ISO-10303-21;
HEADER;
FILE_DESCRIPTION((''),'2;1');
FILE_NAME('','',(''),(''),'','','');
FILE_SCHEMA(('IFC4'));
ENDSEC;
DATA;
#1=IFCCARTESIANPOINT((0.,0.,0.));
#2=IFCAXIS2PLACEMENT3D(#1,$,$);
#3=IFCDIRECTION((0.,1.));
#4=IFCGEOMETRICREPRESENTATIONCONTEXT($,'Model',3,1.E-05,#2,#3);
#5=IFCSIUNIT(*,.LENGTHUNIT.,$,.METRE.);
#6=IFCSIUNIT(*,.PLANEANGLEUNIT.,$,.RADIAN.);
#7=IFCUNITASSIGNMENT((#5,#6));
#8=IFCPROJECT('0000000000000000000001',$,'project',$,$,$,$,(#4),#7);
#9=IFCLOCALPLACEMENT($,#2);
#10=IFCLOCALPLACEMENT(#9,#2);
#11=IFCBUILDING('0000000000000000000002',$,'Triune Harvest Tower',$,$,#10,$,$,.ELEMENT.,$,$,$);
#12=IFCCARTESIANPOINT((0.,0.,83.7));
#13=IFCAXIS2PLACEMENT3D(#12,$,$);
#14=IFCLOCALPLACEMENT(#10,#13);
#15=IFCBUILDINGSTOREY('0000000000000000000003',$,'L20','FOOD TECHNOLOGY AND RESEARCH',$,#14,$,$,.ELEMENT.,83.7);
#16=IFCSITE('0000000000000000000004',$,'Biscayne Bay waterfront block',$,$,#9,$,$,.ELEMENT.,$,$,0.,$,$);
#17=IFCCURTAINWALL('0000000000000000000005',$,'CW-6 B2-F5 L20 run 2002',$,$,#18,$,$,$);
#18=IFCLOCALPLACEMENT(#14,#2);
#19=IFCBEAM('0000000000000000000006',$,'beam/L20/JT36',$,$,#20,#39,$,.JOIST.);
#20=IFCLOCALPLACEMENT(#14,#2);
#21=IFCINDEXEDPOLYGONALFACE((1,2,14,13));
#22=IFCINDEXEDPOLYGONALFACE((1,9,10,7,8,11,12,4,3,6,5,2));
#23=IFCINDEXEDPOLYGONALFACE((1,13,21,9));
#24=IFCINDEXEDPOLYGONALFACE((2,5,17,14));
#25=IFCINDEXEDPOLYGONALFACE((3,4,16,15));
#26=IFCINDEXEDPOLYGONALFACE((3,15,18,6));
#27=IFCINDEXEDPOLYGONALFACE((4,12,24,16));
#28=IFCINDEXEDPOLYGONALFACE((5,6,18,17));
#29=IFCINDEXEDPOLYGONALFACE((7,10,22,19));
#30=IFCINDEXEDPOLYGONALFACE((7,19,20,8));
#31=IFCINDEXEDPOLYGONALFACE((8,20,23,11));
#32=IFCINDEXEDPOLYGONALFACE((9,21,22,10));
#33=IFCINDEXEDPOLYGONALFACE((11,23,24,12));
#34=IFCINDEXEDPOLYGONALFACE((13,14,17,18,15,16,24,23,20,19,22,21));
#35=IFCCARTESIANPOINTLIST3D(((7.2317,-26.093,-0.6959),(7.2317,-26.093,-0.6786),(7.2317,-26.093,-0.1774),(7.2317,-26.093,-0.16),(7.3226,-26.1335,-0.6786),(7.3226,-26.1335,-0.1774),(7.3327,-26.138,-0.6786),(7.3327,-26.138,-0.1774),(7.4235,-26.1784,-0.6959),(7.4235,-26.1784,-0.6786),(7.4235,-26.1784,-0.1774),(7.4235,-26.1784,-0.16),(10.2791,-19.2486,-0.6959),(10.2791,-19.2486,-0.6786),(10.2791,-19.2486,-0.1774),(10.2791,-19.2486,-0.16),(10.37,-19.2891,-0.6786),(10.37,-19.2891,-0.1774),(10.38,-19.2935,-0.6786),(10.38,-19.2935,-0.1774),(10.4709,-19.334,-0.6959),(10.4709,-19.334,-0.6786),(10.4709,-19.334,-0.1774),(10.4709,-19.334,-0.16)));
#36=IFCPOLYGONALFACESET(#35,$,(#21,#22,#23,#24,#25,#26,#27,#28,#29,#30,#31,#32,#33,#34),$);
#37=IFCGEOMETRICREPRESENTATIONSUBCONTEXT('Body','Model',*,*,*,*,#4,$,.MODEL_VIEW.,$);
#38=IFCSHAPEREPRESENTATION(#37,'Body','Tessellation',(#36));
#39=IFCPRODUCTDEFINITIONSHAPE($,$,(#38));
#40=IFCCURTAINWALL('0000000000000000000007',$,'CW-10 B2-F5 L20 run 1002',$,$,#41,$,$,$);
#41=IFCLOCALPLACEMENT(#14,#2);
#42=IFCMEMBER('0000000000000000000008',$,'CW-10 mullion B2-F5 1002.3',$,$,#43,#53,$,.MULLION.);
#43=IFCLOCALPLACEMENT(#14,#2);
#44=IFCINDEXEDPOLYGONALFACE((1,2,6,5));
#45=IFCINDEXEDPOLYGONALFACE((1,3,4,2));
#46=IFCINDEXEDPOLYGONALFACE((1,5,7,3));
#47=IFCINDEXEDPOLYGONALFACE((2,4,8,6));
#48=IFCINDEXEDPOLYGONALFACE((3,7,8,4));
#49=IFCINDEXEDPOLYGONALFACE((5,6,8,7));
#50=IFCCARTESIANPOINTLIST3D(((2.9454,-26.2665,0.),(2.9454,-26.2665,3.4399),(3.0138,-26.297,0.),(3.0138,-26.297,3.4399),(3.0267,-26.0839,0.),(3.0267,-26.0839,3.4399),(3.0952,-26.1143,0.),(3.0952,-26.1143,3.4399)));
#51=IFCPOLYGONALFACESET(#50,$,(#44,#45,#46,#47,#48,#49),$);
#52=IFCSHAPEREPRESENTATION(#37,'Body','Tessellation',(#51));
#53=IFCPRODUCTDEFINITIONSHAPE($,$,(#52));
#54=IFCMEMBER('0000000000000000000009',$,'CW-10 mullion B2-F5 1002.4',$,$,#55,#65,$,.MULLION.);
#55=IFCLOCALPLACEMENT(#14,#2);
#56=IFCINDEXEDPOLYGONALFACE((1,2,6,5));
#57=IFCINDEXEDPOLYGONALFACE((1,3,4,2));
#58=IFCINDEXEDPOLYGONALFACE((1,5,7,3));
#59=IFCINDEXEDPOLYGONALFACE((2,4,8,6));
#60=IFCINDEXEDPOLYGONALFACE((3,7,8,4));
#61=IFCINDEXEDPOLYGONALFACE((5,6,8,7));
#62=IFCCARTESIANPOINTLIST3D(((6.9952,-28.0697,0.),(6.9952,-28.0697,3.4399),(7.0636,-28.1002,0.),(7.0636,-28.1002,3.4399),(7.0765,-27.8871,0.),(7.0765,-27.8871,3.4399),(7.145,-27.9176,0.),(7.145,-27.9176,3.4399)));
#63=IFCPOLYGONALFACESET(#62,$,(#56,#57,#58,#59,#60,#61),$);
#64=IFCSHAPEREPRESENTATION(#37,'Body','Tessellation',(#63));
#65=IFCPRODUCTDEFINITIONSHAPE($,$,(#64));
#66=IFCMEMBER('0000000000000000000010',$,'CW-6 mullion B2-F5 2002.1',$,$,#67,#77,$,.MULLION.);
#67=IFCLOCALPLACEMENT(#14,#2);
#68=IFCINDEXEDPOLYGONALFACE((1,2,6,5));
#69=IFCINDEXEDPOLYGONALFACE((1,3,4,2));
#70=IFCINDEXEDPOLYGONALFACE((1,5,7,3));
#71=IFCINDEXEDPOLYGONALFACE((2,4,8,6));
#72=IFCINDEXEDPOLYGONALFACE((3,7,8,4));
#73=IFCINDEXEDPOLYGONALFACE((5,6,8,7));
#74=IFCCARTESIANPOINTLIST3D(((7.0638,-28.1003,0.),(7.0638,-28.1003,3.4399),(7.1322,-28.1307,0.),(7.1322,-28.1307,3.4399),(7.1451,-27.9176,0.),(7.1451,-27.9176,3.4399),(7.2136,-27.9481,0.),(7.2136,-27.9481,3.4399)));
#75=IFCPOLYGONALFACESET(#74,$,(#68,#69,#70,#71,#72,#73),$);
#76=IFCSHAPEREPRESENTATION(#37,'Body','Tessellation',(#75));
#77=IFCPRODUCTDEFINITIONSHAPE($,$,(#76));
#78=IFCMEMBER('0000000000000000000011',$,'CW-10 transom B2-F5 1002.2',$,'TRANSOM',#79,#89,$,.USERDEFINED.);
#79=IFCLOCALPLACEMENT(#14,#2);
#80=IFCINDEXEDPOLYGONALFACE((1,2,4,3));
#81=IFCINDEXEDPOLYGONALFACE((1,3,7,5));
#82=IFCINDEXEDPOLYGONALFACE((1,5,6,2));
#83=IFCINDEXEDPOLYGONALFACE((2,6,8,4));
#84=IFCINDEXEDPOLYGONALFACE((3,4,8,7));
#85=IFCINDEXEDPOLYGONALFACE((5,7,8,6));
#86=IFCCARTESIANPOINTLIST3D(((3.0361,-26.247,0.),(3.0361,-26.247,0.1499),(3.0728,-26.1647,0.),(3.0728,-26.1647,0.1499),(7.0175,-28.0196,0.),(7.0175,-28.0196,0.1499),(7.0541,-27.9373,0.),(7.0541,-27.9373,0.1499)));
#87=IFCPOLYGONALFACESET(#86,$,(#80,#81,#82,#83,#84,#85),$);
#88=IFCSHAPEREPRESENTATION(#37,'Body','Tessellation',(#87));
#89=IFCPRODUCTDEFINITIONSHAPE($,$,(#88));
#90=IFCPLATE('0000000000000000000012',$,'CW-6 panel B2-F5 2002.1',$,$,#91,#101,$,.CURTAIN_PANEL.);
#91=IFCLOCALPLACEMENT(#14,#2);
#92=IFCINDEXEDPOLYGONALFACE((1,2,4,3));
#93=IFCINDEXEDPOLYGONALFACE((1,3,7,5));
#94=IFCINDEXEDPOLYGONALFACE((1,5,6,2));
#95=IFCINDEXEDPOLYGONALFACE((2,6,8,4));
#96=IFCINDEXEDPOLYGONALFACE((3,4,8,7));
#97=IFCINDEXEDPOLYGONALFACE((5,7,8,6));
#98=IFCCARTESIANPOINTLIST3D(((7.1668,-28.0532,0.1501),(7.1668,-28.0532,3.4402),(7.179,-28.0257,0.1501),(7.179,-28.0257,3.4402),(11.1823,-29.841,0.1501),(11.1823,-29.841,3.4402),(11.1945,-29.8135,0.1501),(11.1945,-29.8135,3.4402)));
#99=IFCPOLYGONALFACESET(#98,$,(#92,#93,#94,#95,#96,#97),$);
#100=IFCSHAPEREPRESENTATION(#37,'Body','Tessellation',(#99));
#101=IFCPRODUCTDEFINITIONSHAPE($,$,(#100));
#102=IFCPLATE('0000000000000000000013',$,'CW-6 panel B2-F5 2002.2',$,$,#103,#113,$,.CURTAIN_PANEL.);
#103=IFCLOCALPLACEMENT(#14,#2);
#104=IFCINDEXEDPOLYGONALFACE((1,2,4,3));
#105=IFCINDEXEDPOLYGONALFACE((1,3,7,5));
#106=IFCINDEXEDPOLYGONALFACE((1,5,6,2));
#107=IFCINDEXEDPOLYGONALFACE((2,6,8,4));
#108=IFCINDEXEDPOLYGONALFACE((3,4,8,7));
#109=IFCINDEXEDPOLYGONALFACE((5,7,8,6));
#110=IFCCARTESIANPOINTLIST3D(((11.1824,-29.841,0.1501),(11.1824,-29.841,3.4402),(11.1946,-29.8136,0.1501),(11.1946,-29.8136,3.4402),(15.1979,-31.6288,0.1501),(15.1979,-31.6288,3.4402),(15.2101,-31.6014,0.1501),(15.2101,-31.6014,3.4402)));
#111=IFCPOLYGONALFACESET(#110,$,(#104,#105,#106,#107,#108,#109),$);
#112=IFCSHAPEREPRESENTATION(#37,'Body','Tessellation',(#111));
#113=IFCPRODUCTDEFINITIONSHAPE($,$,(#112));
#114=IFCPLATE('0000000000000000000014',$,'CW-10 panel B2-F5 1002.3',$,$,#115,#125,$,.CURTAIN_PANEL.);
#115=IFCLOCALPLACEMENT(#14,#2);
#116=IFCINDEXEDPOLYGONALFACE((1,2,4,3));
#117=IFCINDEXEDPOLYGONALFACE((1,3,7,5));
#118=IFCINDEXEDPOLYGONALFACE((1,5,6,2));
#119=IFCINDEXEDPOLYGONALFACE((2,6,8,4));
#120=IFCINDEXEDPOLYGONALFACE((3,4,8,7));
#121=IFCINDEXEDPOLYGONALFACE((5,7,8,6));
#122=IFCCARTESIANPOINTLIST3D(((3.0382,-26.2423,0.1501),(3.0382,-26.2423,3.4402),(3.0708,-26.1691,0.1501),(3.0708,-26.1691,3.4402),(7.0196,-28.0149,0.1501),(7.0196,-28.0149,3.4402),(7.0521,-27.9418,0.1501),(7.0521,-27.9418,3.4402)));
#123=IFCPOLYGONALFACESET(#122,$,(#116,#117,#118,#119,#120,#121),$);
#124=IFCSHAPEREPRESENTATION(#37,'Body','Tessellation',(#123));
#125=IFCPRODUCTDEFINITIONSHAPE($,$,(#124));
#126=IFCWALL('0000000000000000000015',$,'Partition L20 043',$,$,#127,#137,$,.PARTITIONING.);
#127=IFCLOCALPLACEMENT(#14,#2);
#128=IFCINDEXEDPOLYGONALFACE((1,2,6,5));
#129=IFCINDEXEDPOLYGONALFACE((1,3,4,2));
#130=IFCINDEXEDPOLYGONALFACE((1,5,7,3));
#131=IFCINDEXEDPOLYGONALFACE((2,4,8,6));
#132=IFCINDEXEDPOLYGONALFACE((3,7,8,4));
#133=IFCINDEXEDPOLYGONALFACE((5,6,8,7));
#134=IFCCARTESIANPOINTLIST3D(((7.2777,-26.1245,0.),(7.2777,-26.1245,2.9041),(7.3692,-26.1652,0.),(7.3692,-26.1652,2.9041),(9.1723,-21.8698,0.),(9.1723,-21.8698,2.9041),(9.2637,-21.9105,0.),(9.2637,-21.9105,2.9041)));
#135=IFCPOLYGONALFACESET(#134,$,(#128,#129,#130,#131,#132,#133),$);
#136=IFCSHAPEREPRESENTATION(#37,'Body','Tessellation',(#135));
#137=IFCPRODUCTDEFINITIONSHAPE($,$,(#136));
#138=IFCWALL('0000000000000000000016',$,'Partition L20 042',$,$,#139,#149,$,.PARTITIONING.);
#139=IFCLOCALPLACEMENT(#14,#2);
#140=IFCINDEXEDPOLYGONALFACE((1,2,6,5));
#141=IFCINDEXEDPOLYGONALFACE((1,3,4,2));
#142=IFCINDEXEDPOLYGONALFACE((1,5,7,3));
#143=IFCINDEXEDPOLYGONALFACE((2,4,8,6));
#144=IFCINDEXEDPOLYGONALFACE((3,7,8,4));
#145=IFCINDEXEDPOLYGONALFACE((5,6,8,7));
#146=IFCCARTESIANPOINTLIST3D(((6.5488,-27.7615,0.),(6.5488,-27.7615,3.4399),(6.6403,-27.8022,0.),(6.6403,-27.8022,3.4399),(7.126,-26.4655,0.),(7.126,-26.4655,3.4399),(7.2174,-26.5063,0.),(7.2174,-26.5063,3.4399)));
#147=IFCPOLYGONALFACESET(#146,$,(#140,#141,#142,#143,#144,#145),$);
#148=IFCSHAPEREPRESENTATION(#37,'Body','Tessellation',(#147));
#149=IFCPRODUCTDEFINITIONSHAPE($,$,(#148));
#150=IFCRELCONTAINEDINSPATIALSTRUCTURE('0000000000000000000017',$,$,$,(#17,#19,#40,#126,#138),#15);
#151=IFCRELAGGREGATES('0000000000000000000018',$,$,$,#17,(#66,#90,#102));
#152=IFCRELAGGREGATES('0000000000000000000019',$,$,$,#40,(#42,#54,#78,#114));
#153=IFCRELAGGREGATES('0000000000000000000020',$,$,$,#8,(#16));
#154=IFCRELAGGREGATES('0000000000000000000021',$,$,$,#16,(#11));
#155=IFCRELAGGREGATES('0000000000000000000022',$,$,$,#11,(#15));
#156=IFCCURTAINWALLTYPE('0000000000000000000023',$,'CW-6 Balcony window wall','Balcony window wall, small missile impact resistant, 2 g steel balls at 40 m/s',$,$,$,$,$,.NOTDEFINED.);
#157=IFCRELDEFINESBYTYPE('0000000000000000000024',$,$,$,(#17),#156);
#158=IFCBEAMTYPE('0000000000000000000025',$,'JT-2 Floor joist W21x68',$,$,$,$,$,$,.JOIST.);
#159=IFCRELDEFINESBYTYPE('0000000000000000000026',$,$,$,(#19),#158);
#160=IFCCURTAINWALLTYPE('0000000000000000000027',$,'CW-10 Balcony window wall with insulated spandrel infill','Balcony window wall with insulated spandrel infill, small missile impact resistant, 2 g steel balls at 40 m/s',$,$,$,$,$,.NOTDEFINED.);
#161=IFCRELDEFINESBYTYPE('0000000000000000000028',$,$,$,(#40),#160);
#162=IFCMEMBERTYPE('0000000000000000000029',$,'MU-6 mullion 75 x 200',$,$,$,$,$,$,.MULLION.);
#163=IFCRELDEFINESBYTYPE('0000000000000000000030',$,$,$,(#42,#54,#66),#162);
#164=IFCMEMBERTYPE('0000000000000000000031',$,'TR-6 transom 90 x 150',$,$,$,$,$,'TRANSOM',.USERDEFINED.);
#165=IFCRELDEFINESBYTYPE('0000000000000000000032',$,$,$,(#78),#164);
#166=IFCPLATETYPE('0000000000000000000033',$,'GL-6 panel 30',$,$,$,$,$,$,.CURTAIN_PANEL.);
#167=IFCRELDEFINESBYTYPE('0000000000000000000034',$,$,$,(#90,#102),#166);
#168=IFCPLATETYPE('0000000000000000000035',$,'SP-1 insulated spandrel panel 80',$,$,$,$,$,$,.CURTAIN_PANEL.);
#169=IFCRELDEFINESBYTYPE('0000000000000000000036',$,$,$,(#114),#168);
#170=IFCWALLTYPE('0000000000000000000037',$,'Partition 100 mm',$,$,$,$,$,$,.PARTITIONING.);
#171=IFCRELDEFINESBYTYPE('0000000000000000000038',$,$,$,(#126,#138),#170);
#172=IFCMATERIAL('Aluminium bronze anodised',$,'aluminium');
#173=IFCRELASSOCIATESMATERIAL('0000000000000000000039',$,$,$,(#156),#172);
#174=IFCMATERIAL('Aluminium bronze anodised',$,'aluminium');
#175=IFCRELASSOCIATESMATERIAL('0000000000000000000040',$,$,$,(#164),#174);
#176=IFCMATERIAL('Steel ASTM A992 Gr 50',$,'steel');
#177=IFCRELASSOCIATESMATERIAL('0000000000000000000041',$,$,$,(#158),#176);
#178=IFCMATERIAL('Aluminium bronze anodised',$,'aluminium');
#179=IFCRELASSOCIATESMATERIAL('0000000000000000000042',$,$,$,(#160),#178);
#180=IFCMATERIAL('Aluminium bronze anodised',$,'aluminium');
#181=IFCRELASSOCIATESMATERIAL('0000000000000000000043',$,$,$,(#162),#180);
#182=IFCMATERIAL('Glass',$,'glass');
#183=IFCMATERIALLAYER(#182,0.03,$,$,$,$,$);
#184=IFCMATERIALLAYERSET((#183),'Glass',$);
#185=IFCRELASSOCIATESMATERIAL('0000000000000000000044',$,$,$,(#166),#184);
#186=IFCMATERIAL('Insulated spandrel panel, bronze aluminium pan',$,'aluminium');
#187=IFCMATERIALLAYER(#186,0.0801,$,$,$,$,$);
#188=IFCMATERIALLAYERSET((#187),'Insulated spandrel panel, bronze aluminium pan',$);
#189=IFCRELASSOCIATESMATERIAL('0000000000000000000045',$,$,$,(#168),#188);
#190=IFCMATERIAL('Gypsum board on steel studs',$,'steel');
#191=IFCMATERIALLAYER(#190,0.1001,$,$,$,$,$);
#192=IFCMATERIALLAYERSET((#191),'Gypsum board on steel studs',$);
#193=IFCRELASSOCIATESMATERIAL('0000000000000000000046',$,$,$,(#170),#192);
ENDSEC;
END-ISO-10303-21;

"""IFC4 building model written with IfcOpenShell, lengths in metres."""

from ifc_helpers import new_model, si_unit, direction, frame, frame_2d, origin, origin_2d, place, context, subcontext, project, spatial, rectangle, i_section, extrude, source, transform, mapped, material, layer, layer_set, material_profile, profile_set, type_object, element, aggregate, save


model = new_model("IFC4")

# Units and contexts
model_context = context("Model", 3, precision=1e-05, world=origin(), true_north=direction((0.0, 1.0)))
body_context = subcontext(model_context, "Body", "Model", "MODEL_VIEW")
ifc_project = project(units=[si_unit("LENGTHUNIT", "METRE"), si_unit("PLANEANGLEUNIT", "RADIAN")], contexts=[model_context])

# Site, building, storey
site_placement = place(None, origin())
site = spatial("IfcSite", under=ifc_project, at=site_placement, Name="Biscayne Bay waterfront block", CompositionType="ELEMENT", RefElevation=0.0)
building_placement = place(site_placement, origin())
building = spatial("IfcBuilding", under=site, at=building_placement, Name="Triune Harvest Tower", CompositionType="ELEMENT")
storey_placement = place(building_placement, frame((0.0, 0.0, 83.7)))
storey = spatial("IfcBuildingStorey", under=building, at=storey_placement, Name="L20", Description="FOOD TECHNOLOGY AND RESEARCH", CompositionType="ELEMENT", Elevation=83.7)

# Curtain wall
ifc_material_1 = material(Name="Aluminium bronze anodised", Category="aluminium")
curtain_wall_type_1 = type_object("IfcCurtainWallType", Name="CW-6 Balcony window wall", Description="Balcony window wall, small missile impact resistant, 2 g steel balls at 40 m/s", PredefinedType="NOTDEFINED", material=ifc_material_1)
curtain_wall_1_placement = place(storey_placement, origin())
curtain_wall_1 = element("IfcCurtainWall", 1, at=curtain_wall_1_placement, inside=storey, type_object=curtain_wall_type_1, Name="CW-6 B2-F5 L20 run 2002")
ifc_material_2 = material(Name="Aluminium bronze anodised", Category="aluminium")
ifc_material_profile_1 = material_profile(ifc_material_2, rectangle(XDim=0.0901, YDim=0.1499, at=origin_2d()), Name="TR-6 transom 90 x 150")
ifc_profile_set_1 = profile_set([ifc_material_profile_1], Name="Aluminium bronze anodised")
member_type_1 = type_object("IfcMemberType", Name="TR-6 transom 90 x 150", ElementType="TRANSOM", PredefinedType="USERDEFINED", material=ifc_profile_set_1)

# Beam
ifc_material_3 = material(Name="Steel ASTM A992 Gr 50", Category="steel")
ifc_material_profile_2 = material_profile(ifc_material_3, i_section(OverallWidth=0.21, OverallDepth=0.5359, WebThickness=0.011, FlangeThickness=0.0173, at=origin_2d()), Name="W21x68")
ifc_profile_set_2 = profile_set([ifc_material_profile_2], Name="Steel ASTM A992 Gr 50")
beam_type_1 = type_object("IfcBeamType", Name="JT-2 Floor joist W21x68", PredefinedType="JOIST", material=ifc_profile_set_2)
shared_shape_1 = source(origin(), body_context, "Body", "SweptSolid", [
    extrude(i_section(OverallWidth=0.21, OverallDepth=0.5359, WebThickness=0.011, FlangeThickness=0.0173, at=origin_2d()), origin(), (0.0, 0.0, 1.0), 7.4922),
])
beam_1_placement = place(storey_placement, frame((7.3276, -26.1357, -0.428), z_axis=(0.406737, 0.913545, 0.0), x_axis=(-0.913545, 0.406737, 0.0)))
element("IfcBeam", 2, at=beam_1_placement, inside=storey, type_object=beam_type_1, Name="beam/L20/JT36", PredefinedType="JOIST", context=body_context, shape_type="MappedRepresentation", body=[
    mapped(shared_shape_1, transform((0.0, 0.0, 0.0), scale=1.0)),
])

# Curtain wall, members
ifc_material_4 = material(Name="Aluminium bronze anodised", Category="aluminium")
curtain_wall_type_2 = type_object("IfcCurtainWallType", Name="CW-10 Balcony window wall with insulated spandrel infill", Description="Balcony window wall with insulated spandrel infill, small missile impact resistant, 2 g steel balls at 40 m/s", PredefinedType="NOTDEFINED", material=ifc_material_4)
curtain_wall_2_placement = place(storey_placement, origin())
curtain_wall_2 = element("IfcCurtainWall", 3, at=curtain_wall_2_placement, inside=storey, type_object=curtain_wall_type_2, Name="CW-10 B2-F5 L20 run 1002")
ifc_material_5 = material(Name="Aluminium bronze anodised", Category="aluminium")
ifc_material_profile_3 = material_profile(ifc_material_5, rectangle(XDim=0.2, YDim=0.075, at=origin_2d()), Name="MU-6 mullion 75 x 200")
ifc_profile_set_3 = profile_set([ifc_material_profile_3], Name="Aluminium bronze anodised")
member_type_2 = type_object("IfcMemberType", Name="MU-6 mullion 75 x 200", PredefinedType="MULLION", material=ifc_profile_set_3)
shared_shape_2 = source(origin(), body_context, "Body", "SweptSolid", [
    extrude(rectangle(XDim=0.2, YDim=0.075, at=origin_2d()), origin(), (0.0, 0.0, 1.0), 3.4399),
])
member_1_placement = place(storey_placement, frame((3.0203, -26.1904, 0.0), z_axis=(0.0, 0.0, 1.0), x_axis=(0.406741, 0.913544, 0.0)))
member_1 = element("IfcMember", 4, at=member_1_placement, type_object=member_type_2, Name="CW-10 mullion B2-F5 1002.3", PredefinedType="MULLION", context=body_context, shape_type="MappedRepresentation", body=[
    mapped(shared_shape_2, transform((0.0, 0.0, 0.0), scale=1.0)),
])
member_2_placement = place(storey_placement, frame((7.0701, -27.9937, 0.0), z_axis=(0.0, 0.0, 1.0), x_axis=(0.406741, 0.913544, 0.0)))
member_2 = element("IfcMember", 5, at=member_2_placement, type_object=member_type_2, Name="CW-10 mullion B2-F5 1002.4", PredefinedType="MULLION", context=body_context, shape_type="MappedRepresentation", body=[
    mapped(shared_shape_2, transform((0.0, 0.0, 0.0), scale=1.0)),
])

# Members
member_3_placement = place(storey_placement, frame((7.1387, -28.0242, 0.0), z_axis=(0.0, 0.0, 1.0), x_axis=(0.406735, 0.913546, 0.0)))
member_3 = element("IfcMember", 6, at=member_3_placement, type_object=member_type_2, Name="CW-6 mullion B2-F5 2002.1", PredefinedType="MULLION", context=body_context, shape_type="MappedRepresentation", body=[
    mapped(shared_shape_2, transform((0.0, 0.0, 0.0), scale=1.0)),
])
shared_shape_3 = source(origin(), body_context, "Body", "SweptSolid", [
    extrude(rectangle(XDim=0.0901, YDim=0.1499, at=origin_2d()), origin(), (0.0, 0.0, 1.0), 4.3582),
])
member_4_placement = place(storey_placement, frame((3.0544, -26.2058, 0.075), z_axis=(0.913541, -0.406746, 0.0), x_axis=(0.406746, 0.913541, 0.0)))
member_4 = element("IfcMember", 7, at=member_4_placement, type_object=member_type_1, Name="CW-10 transom B2-F5 1002.2", ObjectType="TRANSOM", PredefinedType="USERDEFINED", context=body_context, shape_type="MappedRepresentation", body=[
    mapped(shared_shape_3, transform((0.0, 0.0, 0.0), scale=1.0)),
])

# Plates
ifc_material_6 = material(Name="Glass", Category="glass")
ifc_layer_1 = layer(ifc_material_6, 0.03)
ifc_layer_set_1 = layer_set([ifc_layer_1], Name="Glass")
plate_type_1 = type_object("IfcPlateType", Name="GL-6 panel 30", PredefinedType="CURTAIN_PANEL", material=ifc_layer_set_1)
shared_shape_4 = source(origin(), body_context, "Body", "SweptSolid", [
    extrude(rectangle(XDim=4.3955, YDim=0.03, at=origin_2d()), origin(), (0.0, 0.0, 1.0), 3.29),
])
plate_1_placement = place(storey_placement, frame((9.1807, -28.9333, 0.1501), z_axis=(0.0, 0.0, 1.0), x_axis=(0.913546, -0.406735, 0.0)))
plate_1 = element("IfcPlate", 8, at=plate_1_placement, type_object=plate_type_1, Name="CW-6 panel B2-F5 2002.1", PredefinedType="CURTAIN_PANEL", context=body_context, shape_type="MappedRepresentation", body=[
    mapped(shared_shape_4, transform((0.0, 0.0, 0.0), scale=1.0)),
])
plate_2_placement = place(storey_placement, frame((13.1963, -30.7212, 0.1501), z_axis=(0.0, 0.0, 1.0), x_axis=(0.913546, -0.406735, 0.0)))
plate_2 = element("IfcPlate", 9, at=plate_2_placement, type_object=plate_type_1, Name="CW-6 panel B2-F5 2002.2", PredefinedType="CURTAIN_PANEL", context=body_context, shape_type="MappedRepresentation", body=[
    mapped(shared_shape_4, transform((0.0, 0.0, 0.0), scale=1.0)),
])
aggregate(curtain_wall_1, [member_3, plate_1, plate_2])
ifc_material_7 = material(Name="Insulated spandrel panel, bronze aluminium pan", Category="aluminium")
ifc_layer_2 = layer(ifc_material_7, 0.0801)
ifc_layer_set_2 = layer_set([ifc_layer_2], Name="Insulated spandrel panel, bronze aluminium pan")
plate_type_2 = type_object("IfcPlateType", Name="SP-1 insulated spandrel panel 80", PredefinedType="CURTAIN_PANEL", material=ifc_layer_set_2)
shared_shape_5 = source(origin(), body_context, "Body", "SweptSolid", [
    extrude(rectangle(XDim=4.3582, YDim=0.0801, at=origin_2d()), origin(), (0.0, 0.0, 1.0), 3.29),
])
plate_3_placement = place(storey_placement, frame((5.0452, -27.092, 0.1501), z_axis=(0.0, 0.0, 1.0), x_axis=(0.913544, -0.406741, 0.0)))
plate_3 = element("IfcPlate", 10, at=plate_3_placement, type_object=plate_type_2, Name="CW-10 panel B2-F5 1002.3", PredefinedType="CURTAIN_PANEL", context=body_context, shape_type="MappedRepresentation", body=[
    mapped(shared_shape_5, transform((0.0, 0.0, 0.0), scale=1.0)),
])
aggregate(curtain_wall_2, [member_1, member_2, member_4, plate_3])

# Walls
ifc_material_8 = material(Name="Gypsum board on steel studs", Category="steel")
ifc_layer_3 = layer(ifc_material_8, 0.1001)
ifc_layer_set_3 = layer_set([ifc_layer_3], Name="Gypsum board on steel studs")
wall_type_1 = type_object("IfcWallType", Name="Partition 100 mm", PredefinedType="PARTITIONING", material=ifc_layer_set_3)
wall_1_placement = place(storey_placement, frame((7.3235, -26.1448, 0.0), z_axis=(0.0, 0.0, 1.0), x_axis=(0.40678, 0.913526, 0.0)))
element("IfcWall", 11, at=wall_1_placement, inside=storey, type_object=wall_type_1, Name="Partition L20 043", PredefinedType="PARTITIONING", context=body_context, shape_type="SweptSolid", body=[
    extrude(rectangle(XDim=4.6575, YDim=0.1001, at=frame_2d((2.3286, 0.0))), origin(), (0.0, 0.0, 1.0), 2.9041),
])
shared_shape_6 = source(origin(), body_context, "Body", "SweptSolid", [
    extrude(rectangle(XDim=1.4187, YDim=0.1001, at=frame_2d((0.7095, 0.0))), origin(), (0.0, 0.0, 1.0), 3.4399),
])
wall_2_placement = place(storey_placement, frame((6.5945, -27.782, 0.0), z_axis=(0.0, 0.0, 1.0), x_axis=(0.406841, 0.913499, 0.0)))
element("IfcWall", 12, at=wall_2_placement, inside=storey, type_object=wall_type_1, Name="Partition L20 042", PredefinedType="PARTITIONING", context=body_context, shape_type="MappedRepresentation", body=[
    mapped(shared_shape_6, transform((0.0, 0.0, 0.0), scale=1.0)),
])

save(model, "model.ifc")
